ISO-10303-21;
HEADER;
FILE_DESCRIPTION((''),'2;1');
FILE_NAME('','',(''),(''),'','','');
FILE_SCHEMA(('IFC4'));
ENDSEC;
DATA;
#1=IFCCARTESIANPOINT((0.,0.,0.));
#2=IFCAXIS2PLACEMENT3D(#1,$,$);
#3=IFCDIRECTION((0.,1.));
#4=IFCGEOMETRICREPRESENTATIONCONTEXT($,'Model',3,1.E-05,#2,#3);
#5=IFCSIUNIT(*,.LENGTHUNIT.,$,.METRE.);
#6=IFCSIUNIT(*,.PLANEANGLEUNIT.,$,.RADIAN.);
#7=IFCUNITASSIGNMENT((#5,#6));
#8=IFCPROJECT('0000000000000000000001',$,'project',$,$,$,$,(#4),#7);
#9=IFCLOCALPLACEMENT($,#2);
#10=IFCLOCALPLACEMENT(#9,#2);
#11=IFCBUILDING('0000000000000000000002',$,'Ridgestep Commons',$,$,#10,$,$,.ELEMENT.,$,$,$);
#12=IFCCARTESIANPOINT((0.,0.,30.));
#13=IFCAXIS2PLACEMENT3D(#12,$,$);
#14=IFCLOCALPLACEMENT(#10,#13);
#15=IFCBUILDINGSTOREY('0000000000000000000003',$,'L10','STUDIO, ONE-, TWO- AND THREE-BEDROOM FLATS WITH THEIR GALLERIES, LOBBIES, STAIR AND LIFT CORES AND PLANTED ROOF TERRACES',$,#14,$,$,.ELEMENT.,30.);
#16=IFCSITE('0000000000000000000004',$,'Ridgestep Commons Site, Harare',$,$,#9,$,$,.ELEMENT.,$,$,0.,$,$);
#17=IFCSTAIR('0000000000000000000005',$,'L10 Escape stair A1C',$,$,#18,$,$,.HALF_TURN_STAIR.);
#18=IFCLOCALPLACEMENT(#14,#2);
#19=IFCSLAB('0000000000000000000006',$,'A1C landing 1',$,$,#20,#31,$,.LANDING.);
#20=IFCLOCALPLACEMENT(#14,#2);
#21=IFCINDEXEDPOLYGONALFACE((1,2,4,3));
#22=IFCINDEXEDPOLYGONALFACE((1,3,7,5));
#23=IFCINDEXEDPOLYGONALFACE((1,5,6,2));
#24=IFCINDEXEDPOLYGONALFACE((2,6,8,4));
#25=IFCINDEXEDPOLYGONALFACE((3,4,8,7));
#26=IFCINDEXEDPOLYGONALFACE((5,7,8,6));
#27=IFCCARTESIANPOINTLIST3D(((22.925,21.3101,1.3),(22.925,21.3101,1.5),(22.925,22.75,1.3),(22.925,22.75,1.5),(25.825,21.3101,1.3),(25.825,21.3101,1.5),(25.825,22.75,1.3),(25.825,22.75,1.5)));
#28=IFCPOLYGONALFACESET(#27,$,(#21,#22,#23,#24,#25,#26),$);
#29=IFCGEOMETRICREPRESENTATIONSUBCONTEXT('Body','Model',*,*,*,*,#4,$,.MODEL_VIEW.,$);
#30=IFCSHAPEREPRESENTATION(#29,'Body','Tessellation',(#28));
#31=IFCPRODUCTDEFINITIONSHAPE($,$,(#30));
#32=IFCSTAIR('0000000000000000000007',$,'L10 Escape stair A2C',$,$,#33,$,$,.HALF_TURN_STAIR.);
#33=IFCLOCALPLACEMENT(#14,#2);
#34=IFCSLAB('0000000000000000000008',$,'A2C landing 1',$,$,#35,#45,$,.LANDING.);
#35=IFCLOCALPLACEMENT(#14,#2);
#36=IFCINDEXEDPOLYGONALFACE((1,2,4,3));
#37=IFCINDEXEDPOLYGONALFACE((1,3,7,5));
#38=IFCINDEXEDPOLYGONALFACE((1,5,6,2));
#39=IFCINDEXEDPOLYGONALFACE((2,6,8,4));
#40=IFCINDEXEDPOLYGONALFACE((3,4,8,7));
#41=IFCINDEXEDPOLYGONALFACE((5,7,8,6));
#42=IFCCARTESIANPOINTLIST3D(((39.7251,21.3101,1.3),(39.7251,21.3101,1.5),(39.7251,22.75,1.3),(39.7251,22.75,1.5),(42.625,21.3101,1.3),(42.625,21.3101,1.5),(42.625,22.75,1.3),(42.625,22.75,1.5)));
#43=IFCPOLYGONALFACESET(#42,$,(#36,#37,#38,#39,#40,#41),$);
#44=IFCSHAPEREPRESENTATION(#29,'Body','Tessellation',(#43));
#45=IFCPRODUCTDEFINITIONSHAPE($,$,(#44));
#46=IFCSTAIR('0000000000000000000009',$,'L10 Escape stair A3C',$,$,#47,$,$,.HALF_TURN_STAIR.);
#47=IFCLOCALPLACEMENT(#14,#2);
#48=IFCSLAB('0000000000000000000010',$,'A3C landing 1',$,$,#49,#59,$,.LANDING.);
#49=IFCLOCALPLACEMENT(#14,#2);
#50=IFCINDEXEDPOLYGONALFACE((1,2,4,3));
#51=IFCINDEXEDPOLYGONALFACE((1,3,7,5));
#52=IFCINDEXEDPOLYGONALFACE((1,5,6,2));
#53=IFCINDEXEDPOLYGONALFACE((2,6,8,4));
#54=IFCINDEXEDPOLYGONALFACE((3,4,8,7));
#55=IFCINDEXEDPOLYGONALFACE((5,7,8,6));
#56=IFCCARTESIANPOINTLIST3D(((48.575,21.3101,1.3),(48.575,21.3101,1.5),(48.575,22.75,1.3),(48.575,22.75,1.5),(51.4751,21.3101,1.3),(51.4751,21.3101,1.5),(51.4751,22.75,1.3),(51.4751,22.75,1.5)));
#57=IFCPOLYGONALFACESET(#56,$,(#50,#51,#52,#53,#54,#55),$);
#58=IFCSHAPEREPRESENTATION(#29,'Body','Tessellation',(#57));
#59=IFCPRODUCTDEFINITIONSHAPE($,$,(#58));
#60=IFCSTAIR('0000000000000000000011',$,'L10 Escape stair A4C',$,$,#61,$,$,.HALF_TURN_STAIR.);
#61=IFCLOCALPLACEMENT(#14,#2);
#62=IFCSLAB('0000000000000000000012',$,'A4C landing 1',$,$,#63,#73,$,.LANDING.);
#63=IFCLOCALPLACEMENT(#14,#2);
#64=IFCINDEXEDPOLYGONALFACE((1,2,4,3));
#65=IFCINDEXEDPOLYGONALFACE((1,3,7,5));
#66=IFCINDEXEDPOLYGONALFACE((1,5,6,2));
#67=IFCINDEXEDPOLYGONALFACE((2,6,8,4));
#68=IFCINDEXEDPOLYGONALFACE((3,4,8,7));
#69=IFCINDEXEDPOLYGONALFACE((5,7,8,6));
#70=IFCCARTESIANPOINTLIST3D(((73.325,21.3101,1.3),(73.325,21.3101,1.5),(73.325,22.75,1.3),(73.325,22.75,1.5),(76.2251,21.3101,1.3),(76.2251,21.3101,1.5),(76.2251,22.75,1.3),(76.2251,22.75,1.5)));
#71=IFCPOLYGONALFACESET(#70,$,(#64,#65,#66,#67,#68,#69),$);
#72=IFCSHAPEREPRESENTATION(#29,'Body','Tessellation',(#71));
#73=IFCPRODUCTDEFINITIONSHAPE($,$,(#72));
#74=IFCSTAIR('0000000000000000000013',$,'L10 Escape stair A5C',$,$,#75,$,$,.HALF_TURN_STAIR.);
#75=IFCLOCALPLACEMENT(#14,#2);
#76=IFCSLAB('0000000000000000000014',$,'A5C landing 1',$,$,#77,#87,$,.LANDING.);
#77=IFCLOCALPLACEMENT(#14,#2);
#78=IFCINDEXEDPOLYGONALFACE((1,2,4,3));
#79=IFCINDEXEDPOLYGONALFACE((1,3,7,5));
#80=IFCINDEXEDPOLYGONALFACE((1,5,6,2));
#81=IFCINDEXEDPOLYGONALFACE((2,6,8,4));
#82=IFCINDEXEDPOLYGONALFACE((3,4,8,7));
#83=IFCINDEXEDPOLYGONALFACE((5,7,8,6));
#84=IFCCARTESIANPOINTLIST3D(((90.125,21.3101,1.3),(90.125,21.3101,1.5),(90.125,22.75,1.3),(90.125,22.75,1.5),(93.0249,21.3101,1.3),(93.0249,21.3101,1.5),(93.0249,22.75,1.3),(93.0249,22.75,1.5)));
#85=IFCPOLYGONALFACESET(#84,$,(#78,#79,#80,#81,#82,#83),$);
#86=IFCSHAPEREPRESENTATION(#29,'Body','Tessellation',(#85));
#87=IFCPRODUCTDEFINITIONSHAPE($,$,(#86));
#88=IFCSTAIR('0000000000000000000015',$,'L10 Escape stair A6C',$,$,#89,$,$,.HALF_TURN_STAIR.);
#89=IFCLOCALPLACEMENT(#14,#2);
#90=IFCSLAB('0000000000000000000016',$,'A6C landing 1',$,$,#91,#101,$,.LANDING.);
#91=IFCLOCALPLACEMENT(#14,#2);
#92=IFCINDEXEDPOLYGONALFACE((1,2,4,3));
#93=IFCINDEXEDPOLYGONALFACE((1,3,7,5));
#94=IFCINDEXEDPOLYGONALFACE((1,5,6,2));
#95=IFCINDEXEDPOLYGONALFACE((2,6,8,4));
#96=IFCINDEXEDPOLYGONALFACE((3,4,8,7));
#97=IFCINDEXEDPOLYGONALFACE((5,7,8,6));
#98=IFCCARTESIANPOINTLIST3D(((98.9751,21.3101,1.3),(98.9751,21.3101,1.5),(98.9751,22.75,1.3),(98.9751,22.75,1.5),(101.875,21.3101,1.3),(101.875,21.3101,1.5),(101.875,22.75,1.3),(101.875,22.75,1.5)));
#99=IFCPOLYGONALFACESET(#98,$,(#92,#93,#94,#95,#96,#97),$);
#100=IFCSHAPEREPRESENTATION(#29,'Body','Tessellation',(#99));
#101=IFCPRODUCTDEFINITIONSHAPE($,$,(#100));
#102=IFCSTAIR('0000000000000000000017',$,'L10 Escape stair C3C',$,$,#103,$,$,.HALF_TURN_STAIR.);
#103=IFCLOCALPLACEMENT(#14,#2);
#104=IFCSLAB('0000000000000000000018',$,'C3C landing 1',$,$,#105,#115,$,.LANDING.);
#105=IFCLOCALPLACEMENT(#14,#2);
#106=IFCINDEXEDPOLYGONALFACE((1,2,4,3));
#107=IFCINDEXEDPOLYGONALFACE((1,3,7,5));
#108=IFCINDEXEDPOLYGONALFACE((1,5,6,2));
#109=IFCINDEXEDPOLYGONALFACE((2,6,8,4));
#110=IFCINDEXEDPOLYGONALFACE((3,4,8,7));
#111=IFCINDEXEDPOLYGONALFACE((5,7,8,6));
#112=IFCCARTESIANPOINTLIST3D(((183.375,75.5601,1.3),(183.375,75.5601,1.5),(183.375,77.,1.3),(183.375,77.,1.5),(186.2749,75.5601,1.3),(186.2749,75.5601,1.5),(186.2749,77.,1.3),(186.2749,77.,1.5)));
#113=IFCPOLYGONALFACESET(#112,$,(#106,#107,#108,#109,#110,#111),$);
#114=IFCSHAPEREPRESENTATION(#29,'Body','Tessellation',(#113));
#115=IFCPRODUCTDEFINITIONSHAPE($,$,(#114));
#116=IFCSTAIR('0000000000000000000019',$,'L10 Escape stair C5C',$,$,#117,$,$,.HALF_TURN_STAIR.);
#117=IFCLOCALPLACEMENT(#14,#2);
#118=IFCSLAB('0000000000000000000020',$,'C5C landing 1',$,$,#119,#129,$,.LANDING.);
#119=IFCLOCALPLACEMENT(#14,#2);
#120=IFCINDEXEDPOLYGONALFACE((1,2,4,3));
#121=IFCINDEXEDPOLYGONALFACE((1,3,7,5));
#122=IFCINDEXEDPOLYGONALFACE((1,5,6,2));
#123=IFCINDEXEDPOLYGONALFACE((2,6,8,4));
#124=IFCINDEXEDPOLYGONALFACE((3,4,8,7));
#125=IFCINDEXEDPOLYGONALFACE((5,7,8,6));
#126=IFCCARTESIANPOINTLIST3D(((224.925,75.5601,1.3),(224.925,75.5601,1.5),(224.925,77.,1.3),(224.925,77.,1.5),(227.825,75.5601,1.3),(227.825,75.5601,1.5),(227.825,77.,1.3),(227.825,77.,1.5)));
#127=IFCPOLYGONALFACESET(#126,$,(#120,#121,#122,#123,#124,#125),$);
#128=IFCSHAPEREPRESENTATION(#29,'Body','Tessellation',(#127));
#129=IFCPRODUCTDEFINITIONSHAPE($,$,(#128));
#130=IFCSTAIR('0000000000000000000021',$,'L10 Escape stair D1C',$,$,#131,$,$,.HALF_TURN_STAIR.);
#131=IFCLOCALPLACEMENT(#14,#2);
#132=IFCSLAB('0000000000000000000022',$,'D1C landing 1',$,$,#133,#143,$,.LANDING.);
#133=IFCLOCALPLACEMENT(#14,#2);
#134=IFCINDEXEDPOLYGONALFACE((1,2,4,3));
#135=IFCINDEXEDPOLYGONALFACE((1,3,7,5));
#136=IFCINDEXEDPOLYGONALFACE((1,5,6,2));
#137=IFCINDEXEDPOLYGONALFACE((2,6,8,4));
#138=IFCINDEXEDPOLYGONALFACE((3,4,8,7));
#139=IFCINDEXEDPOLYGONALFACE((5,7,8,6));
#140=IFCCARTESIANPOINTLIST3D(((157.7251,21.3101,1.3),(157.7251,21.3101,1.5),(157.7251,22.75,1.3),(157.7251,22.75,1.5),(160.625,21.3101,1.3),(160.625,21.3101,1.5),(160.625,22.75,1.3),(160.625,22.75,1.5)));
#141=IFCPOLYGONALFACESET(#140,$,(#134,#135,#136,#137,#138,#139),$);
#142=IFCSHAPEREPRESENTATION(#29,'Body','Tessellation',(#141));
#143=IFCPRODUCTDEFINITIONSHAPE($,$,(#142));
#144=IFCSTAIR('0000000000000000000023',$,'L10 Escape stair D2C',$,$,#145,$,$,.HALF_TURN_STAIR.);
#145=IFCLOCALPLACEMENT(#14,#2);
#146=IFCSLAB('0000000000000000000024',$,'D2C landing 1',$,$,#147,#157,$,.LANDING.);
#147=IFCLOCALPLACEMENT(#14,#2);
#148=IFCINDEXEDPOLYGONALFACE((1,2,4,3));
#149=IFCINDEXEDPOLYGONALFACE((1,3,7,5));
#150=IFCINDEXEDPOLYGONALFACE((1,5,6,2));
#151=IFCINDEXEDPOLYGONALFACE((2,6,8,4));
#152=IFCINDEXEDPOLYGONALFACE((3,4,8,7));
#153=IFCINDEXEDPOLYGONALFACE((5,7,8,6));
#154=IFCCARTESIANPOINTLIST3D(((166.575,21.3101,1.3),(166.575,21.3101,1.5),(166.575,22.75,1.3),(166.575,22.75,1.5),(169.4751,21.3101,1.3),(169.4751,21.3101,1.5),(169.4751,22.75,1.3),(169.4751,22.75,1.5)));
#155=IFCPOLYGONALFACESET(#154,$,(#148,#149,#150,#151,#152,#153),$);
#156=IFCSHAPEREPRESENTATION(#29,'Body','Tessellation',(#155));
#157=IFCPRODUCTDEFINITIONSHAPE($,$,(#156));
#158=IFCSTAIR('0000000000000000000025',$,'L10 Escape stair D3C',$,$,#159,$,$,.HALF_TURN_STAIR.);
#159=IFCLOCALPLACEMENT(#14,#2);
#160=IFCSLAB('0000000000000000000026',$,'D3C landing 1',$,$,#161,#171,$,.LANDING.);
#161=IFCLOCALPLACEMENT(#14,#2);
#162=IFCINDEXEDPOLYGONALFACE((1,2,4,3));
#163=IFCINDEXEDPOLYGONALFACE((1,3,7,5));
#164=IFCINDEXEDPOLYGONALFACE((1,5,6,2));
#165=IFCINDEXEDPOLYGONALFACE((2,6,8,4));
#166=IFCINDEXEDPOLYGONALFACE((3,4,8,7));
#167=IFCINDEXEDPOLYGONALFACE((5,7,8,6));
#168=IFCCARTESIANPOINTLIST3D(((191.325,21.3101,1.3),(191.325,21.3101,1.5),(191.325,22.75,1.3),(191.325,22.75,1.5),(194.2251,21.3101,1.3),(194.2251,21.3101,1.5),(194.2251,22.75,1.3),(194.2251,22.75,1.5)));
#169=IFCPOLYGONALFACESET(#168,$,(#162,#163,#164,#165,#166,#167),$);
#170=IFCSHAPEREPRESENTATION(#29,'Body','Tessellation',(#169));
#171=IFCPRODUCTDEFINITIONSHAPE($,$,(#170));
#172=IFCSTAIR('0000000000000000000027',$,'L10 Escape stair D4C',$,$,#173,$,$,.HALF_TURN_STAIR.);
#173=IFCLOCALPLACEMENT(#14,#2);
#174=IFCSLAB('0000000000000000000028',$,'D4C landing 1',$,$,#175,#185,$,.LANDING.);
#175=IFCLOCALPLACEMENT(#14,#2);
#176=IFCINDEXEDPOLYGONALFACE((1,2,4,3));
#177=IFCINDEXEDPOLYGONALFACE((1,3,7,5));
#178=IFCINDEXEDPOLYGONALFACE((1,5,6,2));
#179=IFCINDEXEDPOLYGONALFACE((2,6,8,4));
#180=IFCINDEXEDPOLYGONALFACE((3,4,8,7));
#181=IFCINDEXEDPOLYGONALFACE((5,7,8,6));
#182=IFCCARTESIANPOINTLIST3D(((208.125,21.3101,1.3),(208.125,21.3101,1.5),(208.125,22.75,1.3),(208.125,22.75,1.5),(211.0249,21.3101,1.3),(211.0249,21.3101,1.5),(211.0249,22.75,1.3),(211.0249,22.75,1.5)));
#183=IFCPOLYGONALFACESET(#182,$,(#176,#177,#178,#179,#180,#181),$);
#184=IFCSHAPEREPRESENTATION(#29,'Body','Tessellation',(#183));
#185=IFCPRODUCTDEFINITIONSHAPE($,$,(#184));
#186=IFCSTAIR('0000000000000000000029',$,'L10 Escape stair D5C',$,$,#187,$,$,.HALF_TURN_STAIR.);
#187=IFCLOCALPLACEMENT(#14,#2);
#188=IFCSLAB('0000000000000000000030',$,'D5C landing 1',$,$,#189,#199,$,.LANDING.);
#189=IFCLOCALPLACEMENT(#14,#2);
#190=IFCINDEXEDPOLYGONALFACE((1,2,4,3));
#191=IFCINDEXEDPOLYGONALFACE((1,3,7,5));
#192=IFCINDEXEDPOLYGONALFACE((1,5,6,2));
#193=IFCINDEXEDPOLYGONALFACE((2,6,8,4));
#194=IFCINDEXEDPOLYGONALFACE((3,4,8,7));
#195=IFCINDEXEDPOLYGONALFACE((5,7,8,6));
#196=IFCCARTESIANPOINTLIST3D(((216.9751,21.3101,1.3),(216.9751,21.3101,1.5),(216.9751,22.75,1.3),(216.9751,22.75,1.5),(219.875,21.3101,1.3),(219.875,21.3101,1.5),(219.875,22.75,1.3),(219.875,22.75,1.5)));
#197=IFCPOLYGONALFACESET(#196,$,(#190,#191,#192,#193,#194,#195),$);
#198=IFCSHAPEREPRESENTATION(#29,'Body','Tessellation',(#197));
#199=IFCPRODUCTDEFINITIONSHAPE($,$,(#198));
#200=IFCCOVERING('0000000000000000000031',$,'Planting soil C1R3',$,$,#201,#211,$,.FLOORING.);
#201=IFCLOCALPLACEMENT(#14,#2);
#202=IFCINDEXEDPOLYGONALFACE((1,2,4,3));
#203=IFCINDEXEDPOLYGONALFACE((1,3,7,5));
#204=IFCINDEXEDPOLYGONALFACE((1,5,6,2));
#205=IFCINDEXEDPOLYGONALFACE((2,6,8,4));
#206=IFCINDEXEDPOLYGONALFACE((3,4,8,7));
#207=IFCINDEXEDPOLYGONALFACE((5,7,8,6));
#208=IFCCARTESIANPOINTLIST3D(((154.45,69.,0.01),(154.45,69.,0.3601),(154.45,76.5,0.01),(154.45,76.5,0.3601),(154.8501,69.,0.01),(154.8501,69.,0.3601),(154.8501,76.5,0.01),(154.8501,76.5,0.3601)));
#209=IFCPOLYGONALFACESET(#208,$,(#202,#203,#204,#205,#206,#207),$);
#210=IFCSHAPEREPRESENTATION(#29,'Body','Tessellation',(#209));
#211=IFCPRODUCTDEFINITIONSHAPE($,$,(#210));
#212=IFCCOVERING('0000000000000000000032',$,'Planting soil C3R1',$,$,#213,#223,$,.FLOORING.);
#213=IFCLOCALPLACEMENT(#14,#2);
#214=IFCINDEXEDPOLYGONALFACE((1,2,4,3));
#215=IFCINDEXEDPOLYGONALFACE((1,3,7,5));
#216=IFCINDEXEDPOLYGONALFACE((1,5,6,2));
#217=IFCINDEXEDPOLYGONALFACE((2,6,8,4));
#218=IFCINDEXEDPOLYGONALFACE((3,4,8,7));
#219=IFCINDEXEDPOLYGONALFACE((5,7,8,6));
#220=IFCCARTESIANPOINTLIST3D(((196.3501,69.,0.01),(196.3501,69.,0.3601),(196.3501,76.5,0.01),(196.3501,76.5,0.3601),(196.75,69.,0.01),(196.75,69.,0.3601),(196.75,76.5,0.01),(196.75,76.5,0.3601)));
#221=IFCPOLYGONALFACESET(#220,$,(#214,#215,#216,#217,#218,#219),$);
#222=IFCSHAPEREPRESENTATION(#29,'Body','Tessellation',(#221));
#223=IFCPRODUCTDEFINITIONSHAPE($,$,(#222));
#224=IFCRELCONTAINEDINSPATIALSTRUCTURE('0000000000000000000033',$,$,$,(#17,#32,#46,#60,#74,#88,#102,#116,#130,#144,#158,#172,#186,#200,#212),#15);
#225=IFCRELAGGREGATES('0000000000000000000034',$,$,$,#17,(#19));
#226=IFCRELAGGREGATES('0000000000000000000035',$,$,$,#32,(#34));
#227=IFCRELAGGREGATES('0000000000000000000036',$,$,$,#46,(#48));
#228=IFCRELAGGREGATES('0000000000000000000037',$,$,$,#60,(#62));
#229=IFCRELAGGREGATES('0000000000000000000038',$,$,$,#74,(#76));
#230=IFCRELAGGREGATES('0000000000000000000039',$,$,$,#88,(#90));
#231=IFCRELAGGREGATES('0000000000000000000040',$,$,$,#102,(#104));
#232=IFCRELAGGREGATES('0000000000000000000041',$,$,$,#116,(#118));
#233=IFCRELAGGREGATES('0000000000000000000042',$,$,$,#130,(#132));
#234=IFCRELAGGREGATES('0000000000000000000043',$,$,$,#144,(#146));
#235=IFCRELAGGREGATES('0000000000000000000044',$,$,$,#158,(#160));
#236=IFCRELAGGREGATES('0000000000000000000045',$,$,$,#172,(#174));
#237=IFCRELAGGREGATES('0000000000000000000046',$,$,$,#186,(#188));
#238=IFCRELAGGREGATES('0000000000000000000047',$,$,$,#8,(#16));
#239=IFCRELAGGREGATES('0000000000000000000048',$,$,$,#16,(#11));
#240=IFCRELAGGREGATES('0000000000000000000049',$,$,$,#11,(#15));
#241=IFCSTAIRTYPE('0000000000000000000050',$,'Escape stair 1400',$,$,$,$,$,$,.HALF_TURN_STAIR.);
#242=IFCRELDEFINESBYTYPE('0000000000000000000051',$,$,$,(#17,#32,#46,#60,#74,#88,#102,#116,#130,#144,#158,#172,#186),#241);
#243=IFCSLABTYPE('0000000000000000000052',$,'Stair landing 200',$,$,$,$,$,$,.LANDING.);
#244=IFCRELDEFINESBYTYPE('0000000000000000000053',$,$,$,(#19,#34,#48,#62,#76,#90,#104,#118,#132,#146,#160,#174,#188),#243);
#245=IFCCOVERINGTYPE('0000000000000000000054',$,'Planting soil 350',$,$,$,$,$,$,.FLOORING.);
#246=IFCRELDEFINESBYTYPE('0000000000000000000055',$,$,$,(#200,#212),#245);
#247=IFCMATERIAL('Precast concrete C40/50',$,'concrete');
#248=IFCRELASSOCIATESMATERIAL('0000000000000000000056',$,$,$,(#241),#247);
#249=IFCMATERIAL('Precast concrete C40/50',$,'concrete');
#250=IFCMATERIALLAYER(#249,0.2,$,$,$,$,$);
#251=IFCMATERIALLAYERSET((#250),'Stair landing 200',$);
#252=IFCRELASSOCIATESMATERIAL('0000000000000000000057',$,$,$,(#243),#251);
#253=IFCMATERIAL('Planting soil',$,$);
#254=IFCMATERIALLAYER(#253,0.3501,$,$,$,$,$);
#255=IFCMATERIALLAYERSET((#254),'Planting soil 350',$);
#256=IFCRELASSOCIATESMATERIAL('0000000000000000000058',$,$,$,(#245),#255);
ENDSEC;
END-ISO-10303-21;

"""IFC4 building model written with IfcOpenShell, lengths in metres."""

from ifc_helpers import new_model, si_unit, direction, frame, origin, place, context, subcontext, project, spatial, polyline, outline, extrude, material, layer, layer_set, type_object, element, aggregate, save


model = new_model("IFC4")

# Units and contexts
model_context = context("Model", 3, precision=1e-05, world=origin(), true_north=direction((0.0, 1.0)))
body_context = subcontext(model_context, "Body", "Model", "MODEL_VIEW")
ifc_project = project(units=[si_unit("LENGTHUNIT", "METRE"), si_unit("PLANEANGLEUNIT", "RADIAN")], contexts=[model_context])

# Site, building, storey
site_placement = place(None, origin())
site = spatial("IfcSite", under=ifc_project, at=site_placement, Name="Ridgestep Commons Site, Harare", CompositionType="ELEMENT", RefElevation=0.0)
building_placement = place(site_placement, origin())
building = spatial("IfcBuilding", under=site, at=building_placement, Name="Ridgestep Commons", CompositionType="ELEMENT")
storey_placement = place(building_placement, frame((0.0, 0.0, 30.0)))
storey = spatial("IfcBuildingStorey", under=building, at=storey_placement, Name="L10", Description="STUDIO, ONE-, TWO- AND THREE-BEDROOM FLATS WITH THEIR GALLERIES, LOBBIES, STAIR AND LIFT CORES AND PLANTED ROOF TERRACES", CompositionType="ELEMENT", Elevation=30.0)

# Stairs, slabs
ifc_material_1 = material(Name="Precast concrete C40/50", Category="concrete")
stair_type = type_object("IfcStairType", Name="Escape stair 1400", PredefinedType="HALF_TURN_STAIR", material=ifc_material_1)
stair_1_placement = place(storey_placement, origin())
stair_1 = element("IfcStair", 1, at=stair_1_placement, inside=storey, type_object=stair_type, Name="L10 Escape stair A1C", PredefinedType="HALF_TURN_STAIR")
ifc_material_2 = material(Name="Precast concrete C40/50", Category="concrete")
ifc_layer_1 = layer(ifc_material_2, 0.2)
ifc_layer_set_1 = layer_set([ifc_layer_1], Name="Stair landing 200")
slab_type = type_object("IfcSlabType", Name="Stair landing 200", PredefinedType="LANDING", material=ifc_layer_set_1)
slab_1_placement = place(storey_placement, frame((0.0, 0.0, 1.3)))
slab_1 = element("IfcSlab", 2, at=slab_1_placement, type_object=slab_type, Name="A1C landing 1", PredefinedType="LANDING", context=body_context, shape_type="SweptSolid", body=[
    extrude(outline(polyline([(25.825, 21.3101), (25.825, 22.75), (22.925, 22.75), (22.925, 21.3101), (25.825, 21.3101)])), origin(), (0.0, 0.0, 1.0), 0.2),
])
aggregate(stair_1, [slab_1])
stair_2_placement = place(storey_placement, origin())
stair_2 = element("IfcStair", 3, at=stair_2_placement, inside=storey, type_object=stair_type, Name="L10 Escape stair A2C", PredefinedType="HALF_TURN_STAIR")
slab_2_placement = place(storey_placement, frame((0.0, 0.0, 1.3)))
slab_2 = element("IfcSlab", 4, at=slab_2_placement, type_object=slab_type, Name="A2C landing 1", PredefinedType="LANDING", context=body_context, shape_type="SweptSolid", body=[
    extrude(outline(polyline([(42.625, 21.3101), (42.625, 22.75), (39.7251, 22.75), (39.7251, 21.3101), (42.625, 21.3101)])), origin(), (0.0, 0.0, 1.0), 0.2),
])
aggregate(stair_2, [slab_2])
stair_3_placement = place(storey_placement, origin())
stair_3 = element("IfcStair", 5, at=stair_3_placement, inside=storey, type_object=stair_type, Name="L10 Escape stair A3C", PredefinedType="HALF_TURN_STAIR")
slab_3_placement = place(storey_placement, frame((0.0, 0.0, 1.3)))
slab_3 = element("IfcSlab", 6, at=slab_3_placement, type_object=slab_type, Name="A3C landing 1", PredefinedType="LANDING", context=body_context, shape_type="SweptSolid", body=[
    extrude(outline(polyline([(51.4751, 21.3101), (51.4751, 22.75), (48.575, 22.75), (48.575, 21.3101), (51.4751, 21.3101)])), origin(), (0.0, 0.0, 1.0), 0.2),
])
aggregate(stair_3, [slab_3])
stair_4_placement = place(storey_placement, origin())
stair_4 = element("IfcStair", 7, at=stair_4_placement, inside=storey, type_object=stair_type, Name="L10 Escape stair A4C", PredefinedType="HALF_TURN_STAIR")
slab_4_placement = place(storey_placement, frame((0.0, 0.0, 1.3)))
slab_4 = element("IfcSlab", 8, at=slab_4_placement, type_object=slab_type, Name="A4C landing 1", PredefinedType="LANDING", context=body_context, shape_type="SweptSolid", body=[
    extrude(outline(polyline([(76.2251, 21.3101), (76.2251, 22.75), (73.325, 22.75), (73.325, 21.3101), (76.2251, 21.3101)])), origin(), (0.0, 0.0, 1.0), 0.2),
])
aggregate(stair_4, [slab_4])
stair_5_placement = place(storey_placement, origin())
stair_5 = element("IfcStair", 9, at=stair_5_placement, inside=storey, type_object=stair_type, Name="L10 Escape stair A5C", PredefinedType="HALF_TURN_STAIR")
slab_5_placement = place(storey_placement, frame((0.0, 0.0, 1.3)))
slab_5 = element("IfcSlab", 10, at=slab_5_placement, type_object=slab_type, Name="A5C landing 1", PredefinedType="LANDING", context=body_context, shape_type="SweptSolid", body=[
    extrude(outline(polyline([(93.0249, 21.3101), (93.0249, 22.75), (90.125, 22.75), (90.125, 21.3101), (93.0249, 21.3101)])), origin(), (0.0, 0.0, 1.0), 0.2),
])
aggregate(stair_5, [slab_5])
stair_6_placement = place(storey_placement, origin())
stair_6 = element("IfcStair", 11, at=stair_6_placement, inside=storey, type_object=stair_type, Name="L10 Escape stair A6C", PredefinedType="HALF_TURN_STAIR")
slab_6_placement = place(storey_placement, frame((0.0, 0.0, 1.3)))
slab_6 = element("IfcSlab", 12, at=slab_6_placement, type_object=slab_type, Name="A6C landing 1", PredefinedType="LANDING", context=body_context, shape_type="SweptSolid", body=[
    extrude(outline(polyline([(101.875, 21.3101), (101.875, 22.75), (98.9751, 22.75), (98.9751, 21.3101), (101.875, 21.3101)])), origin(), (0.0, 0.0, 1.0), 0.2),
])
aggregate(stair_6, [slab_6])
stair_7_placement = place(storey_placement, origin())
stair_7 = element("IfcStair", 13, at=stair_7_placement, inside=storey, type_object=stair_type, Name="L10 Escape stair C3C", PredefinedType="HALF_TURN_STAIR")
slab_7_placement = place(storey_placement, frame((0.0, 0.0, 1.3)))
slab_7 = element("IfcSlab", 14, at=slab_7_placement, type_object=slab_type, Name="C3C landing 1", PredefinedType="LANDING", context=body_context, shape_type="SweptSolid", body=[
    extrude(outline(polyline([(186.2749, 75.5601), (186.2749, 77.0), (183.375, 77.0), (183.375, 75.5601), (186.2749, 75.5601)])), origin(), (0.0, 0.0, 1.0), 0.2),
])
aggregate(stair_7, [slab_7])
stair_8_placement = place(storey_placement, origin())
stair_8 = element("IfcStair", 15, at=stair_8_placement, inside=storey, type_object=stair_type, Name="L10 Escape stair C5C", PredefinedType="HALF_TURN_STAIR")
slab_8_placement = place(storey_placement, frame((0.0, 0.0, 1.3)))
slab_8 = element("IfcSlab", 16, at=slab_8_placement, type_object=slab_type, Name="C5C landing 1", PredefinedType="LANDING", context=body_context, shape_type="SweptSolid", body=[
    extrude(outline(polyline([(227.825, 75.5601), (227.825, 77.0), (224.925, 77.0), (224.925, 75.5601), (227.825, 75.5601)])), origin(), (0.0, 0.0, 1.0), 0.2),
])
aggregate(stair_8, [slab_8])
stair_9_placement = place(storey_placement, origin())
stair_9 = element("IfcStair", 17, at=stair_9_placement, inside=storey, type_object=stair_type, Name="L10 Escape stair D1C", PredefinedType="HALF_TURN_STAIR")
slab_9_placement = place(storey_placement, frame((0.0, 0.0, 1.3)))
slab_9 = element("IfcSlab", 18, at=slab_9_placement, type_object=slab_type, Name="D1C landing 1", PredefinedType="LANDING", context=body_context, shape_type="SweptSolid", body=[
    extrude(outline(polyline([(160.625, 21.3101), (160.625, 22.75), (157.7251, 22.75), (157.7251, 21.3101), (160.625, 21.3101)])), origin(), (0.0, 0.0, 1.0), 0.2),
])
aggregate(stair_9, [slab_9])
stair_10_placement = place(storey_placement, origin())
stair_10 = element("IfcStair", 19, at=stair_10_placement, inside=storey, type_object=stair_type, Name="L10 Escape stair D2C", PredefinedType="HALF_TURN_STAIR")
slab_10_placement = place(storey_placement, frame((0.0, 0.0, 1.3)))
slab_10 = element("IfcSlab", 20, at=slab_10_placement, type_object=slab_type, Name="D2C landing 1", PredefinedType="LANDING", context=body_context, shape_type="SweptSolid", body=[
    extrude(outline(polyline([(169.4751, 21.3101), (169.4751, 22.75), (166.575, 22.75), (166.575, 21.3101), (169.4751, 21.3101)])), origin(), (0.0, 0.0, 1.0), 0.2),
])
aggregate(stair_10, [slab_10])
stair_11_placement = place(storey_placement, origin())
stair_11 = element("IfcStair", 21, at=stair_11_placement, inside=storey, type_object=stair_type, Name="L10 Escape stair D3C", PredefinedType="HALF_TURN_STAIR")
slab_11_placement = place(storey_placement, frame((0.0, 0.0, 1.3)))
slab_11 = element("IfcSlab", 22, at=slab_11_placement, type_object=slab_type, Name="D3C landing 1", PredefinedType="LANDING", context=body_context, shape_type="SweptSolid", body=[
    extrude(outline(polyline([(194.2251, 21.3101), (194.2251, 22.75), (191.325, 22.75), (191.325, 21.3101), (194.2251, 21.3101)])), origin(), (0.0, 0.0, 1.0), 0.2),
])
aggregate(stair_11, [slab_11])
stair_12_placement = place(storey_placement, origin())
stair_12 = element("IfcStair", 23, at=stair_12_placement, inside=storey, type_object=stair_type, Name="L10 Escape stair D4C", PredefinedType="HALF_TURN_STAIR")
slab_12_placement = place(storey_placement, frame((0.0, 0.0, 1.3)))
slab_12 = element("IfcSlab", 24, at=slab_12_placement, type_object=slab_type, Name="D4C landing 1", PredefinedType="LANDING", context=body_context, shape_type="SweptSolid", body=[
    extrude(outline(polyline([(211.0249, 21.3101), (211.0249, 22.75), (208.125, 22.75), (208.125, 21.3101), (211.0249, 21.3101)])), origin(), (0.0, 0.0, 1.0), 0.2),
])
aggregate(stair_12, [slab_12])
stair_13_placement = place(storey_placement, origin())
stair_13 = element("IfcStair", 25, at=stair_13_placement, inside=storey, type_object=stair_type, Name="L10 Escape stair D5C", PredefinedType="HALF_TURN_STAIR")
slab_13_placement = place(storey_placement, frame((0.0, 0.0, 1.3)))
slab_13 = element("IfcSlab", 26, at=slab_13_placement, type_object=slab_type, Name="D5C landing 1", PredefinedType="LANDING", context=body_context, shape_type="SweptSolid", body=[
    extrude(outline(polyline([(219.875, 21.3101), (219.875, 22.75), (216.9751, 22.75), (216.9751, 21.3101), (219.875, 21.3101)])), origin(), (0.0, 0.0, 1.0), 0.2),
])
aggregate(stair_13, [slab_13])

# Coverings
ifc_material_3 = material(Name="Planting soil")
ifc_layer_2 = layer(ifc_material_3, 0.3501)
ifc_layer_set_2 = layer_set([ifc_layer_2], Name="Planting soil 350")
covering_type_1 = type_object("IfcCoveringType", Name="Planting soil 350", PredefinedType="FLOORING", material=ifc_layer_set_2)
covering_1_placement = place(storey_placement, frame((0.0, 0.0, 0.01)))
element("IfcCovering", 27, at=covering_1_placement, inside=storey, type_object=covering_type_1, Name="Planting soil C1R3", PredefinedType="FLOORING", context=body_context, shape_type="SweptSolid", body=[
    extrude(outline(polyline([(154.45, 69.0), (154.8501, 69.0), (154.8501, 76.5), (154.45, 76.5), (154.45, 69.0)])), origin(), (0.0, 0.0, 1.0), 0.3501),
])
covering_2_placement = place(storey_placement, frame((0.0, 0.0, 0.01)))
element("IfcCovering", 28, at=covering_2_placement, inside=storey, type_object=covering_type_1, Name="Planting soil C3R1", PredefinedType="FLOORING", context=body_context, shape_type="SweptSolid", body=[
    extrude(outline(polyline([(196.3501, 69.0), (196.75, 69.0), (196.75, 76.5), (196.3501, 76.5), (196.3501, 69.0)])), origin(), (0.0, 0.0, 1.0), 0.3501),
])

save(model, "model.ifc")
